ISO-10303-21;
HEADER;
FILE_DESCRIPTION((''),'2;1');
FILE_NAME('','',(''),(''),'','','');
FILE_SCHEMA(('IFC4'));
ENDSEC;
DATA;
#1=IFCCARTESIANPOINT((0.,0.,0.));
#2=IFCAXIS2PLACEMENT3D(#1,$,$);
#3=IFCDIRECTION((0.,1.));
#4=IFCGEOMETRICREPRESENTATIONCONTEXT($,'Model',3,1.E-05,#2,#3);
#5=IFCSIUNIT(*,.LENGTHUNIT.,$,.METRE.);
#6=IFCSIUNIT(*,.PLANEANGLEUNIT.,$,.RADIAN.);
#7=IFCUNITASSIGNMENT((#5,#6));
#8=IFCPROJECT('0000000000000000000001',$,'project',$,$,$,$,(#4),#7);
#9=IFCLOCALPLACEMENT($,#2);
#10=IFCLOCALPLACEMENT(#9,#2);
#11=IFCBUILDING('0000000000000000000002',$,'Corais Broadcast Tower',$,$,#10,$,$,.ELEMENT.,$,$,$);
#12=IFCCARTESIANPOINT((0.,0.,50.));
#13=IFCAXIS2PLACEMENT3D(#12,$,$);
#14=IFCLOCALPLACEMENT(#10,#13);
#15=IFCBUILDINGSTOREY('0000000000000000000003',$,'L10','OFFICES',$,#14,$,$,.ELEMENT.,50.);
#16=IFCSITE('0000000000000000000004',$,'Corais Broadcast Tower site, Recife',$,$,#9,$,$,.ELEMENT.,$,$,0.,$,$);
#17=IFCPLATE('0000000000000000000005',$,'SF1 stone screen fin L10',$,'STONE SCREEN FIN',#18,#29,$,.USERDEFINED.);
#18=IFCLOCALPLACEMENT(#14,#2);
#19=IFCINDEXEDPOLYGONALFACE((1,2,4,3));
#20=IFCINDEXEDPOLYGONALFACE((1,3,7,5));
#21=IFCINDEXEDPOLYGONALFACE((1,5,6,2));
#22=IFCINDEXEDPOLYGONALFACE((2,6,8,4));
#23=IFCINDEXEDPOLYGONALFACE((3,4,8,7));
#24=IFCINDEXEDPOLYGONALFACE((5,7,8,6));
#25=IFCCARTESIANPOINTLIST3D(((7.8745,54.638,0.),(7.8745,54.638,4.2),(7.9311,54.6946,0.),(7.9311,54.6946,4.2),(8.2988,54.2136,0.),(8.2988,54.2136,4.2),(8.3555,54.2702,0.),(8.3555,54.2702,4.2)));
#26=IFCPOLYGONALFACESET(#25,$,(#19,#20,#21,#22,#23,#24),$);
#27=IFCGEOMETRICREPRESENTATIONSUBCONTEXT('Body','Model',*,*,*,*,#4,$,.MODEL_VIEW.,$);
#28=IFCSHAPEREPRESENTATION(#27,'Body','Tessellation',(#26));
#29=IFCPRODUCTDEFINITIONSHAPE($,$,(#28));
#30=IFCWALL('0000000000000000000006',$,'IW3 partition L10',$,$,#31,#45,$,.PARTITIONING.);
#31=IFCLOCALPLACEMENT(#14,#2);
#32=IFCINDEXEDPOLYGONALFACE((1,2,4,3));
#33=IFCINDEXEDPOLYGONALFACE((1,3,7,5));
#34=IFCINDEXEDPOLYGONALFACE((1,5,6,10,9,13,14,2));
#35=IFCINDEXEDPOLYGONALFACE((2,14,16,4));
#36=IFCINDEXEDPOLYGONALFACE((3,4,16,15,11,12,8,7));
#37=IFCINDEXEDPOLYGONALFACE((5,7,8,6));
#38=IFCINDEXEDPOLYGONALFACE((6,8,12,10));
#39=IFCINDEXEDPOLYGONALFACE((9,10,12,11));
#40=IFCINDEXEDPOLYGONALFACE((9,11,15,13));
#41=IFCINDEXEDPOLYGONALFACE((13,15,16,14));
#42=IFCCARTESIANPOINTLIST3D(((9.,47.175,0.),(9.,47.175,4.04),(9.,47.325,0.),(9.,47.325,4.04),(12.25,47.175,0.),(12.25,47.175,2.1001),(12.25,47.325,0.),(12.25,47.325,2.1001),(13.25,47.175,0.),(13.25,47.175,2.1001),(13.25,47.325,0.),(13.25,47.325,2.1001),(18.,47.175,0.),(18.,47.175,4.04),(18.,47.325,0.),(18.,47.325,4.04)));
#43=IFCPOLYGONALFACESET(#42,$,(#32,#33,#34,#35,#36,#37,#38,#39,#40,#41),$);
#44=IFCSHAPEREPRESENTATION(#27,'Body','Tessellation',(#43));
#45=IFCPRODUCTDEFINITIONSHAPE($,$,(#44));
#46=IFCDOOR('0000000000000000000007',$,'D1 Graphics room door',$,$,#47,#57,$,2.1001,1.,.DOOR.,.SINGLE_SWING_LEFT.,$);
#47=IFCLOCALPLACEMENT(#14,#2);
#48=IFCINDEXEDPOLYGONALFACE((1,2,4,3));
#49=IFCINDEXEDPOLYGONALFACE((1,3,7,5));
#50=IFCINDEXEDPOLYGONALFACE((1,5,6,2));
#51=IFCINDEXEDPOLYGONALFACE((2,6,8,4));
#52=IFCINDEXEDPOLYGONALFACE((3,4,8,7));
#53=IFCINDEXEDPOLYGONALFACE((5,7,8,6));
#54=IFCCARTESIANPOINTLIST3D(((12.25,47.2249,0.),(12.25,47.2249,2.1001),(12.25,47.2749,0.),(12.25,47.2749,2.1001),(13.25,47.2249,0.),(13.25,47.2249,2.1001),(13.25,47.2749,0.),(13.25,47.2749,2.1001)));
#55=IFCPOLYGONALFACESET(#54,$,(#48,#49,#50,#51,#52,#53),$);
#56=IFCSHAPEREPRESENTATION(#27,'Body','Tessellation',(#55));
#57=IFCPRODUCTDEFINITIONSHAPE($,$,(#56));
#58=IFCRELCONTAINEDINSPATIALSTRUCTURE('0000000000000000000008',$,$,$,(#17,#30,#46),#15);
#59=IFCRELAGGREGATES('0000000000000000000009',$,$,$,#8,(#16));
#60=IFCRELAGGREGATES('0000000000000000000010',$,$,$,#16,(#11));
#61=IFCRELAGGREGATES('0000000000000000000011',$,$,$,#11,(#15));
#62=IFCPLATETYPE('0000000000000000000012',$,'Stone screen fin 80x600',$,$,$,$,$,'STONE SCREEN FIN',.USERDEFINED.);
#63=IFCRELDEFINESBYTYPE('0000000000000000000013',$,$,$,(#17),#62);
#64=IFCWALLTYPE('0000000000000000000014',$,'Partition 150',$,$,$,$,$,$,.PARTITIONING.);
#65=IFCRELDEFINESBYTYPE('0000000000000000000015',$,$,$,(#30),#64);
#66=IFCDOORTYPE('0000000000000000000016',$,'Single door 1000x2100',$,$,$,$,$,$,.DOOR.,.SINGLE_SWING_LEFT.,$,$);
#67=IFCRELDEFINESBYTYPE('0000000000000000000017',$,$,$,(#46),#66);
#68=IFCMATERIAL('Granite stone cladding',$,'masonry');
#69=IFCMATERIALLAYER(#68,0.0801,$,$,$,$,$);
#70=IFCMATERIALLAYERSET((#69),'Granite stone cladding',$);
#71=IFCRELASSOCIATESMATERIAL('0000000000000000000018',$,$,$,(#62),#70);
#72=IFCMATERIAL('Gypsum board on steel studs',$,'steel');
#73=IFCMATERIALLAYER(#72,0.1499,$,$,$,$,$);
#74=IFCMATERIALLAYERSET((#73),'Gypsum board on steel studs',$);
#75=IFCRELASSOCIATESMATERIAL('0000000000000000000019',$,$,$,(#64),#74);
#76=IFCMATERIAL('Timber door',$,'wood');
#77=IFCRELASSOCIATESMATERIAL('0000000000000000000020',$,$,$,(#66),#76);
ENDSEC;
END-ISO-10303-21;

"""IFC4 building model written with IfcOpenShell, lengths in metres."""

from ifc_helpers import new_model, si_unit, direction, frame, frame_2d, origin, origin_2d, place, context, subcontext, project, spatial, rectangle, extrude, material, layer, layer_set, type_object, element, fill, save


model = new_model("IFC4")

# Units and contexts
model_context = context("Model", 3, precision=1e-05, world=origin(), true_north=direction((0.0, 1.0)))
body_context = subcontext(model_context, "Body", "Model", "MODEL_VIEW")
ifc_project = project(units=[si_unit("LENGTHUNIT", "METRE"), si_unit("PLANEANGLEUNIT", "RADIAN")], contexts=[model_context])

# Site, building, storey
site_placement = place(None, origin())
site = spatial("IfcSite", under=ifc_project, at=site_placement, Name="Corais Broadcast Tower site, Recife", CompositionType="ELEMENT", RefElevation=0.0)
building_placement = place(site_placement, origin())
building = spatial("IfcBuilding", under=site, at=building_placement, Name="Corais Broadcast Tower", CompositionType="ELEMENT")
storey_placement = place(building_placement, frame((0.0, 0.0, 50.0)))
storey = spatial("IfcBuildingStorey", under=building, at=storey_placement, Name="L10", Description="OFFICES", CompositionType="ELEMENT", Elevation=50.0)

# Plate
ifc_material_1 = material(Name="Granite stone cladding", Category="masonry")
ifc_layer_1 = layer(ifc_material_1, 0.0801)
ifc_layer_set_1 = layer_set([ifc_layer_1], Name="Granite stone cladding")
plate_type_1 = type_object("IfcPlateType", Name="Stone screen fin 80x600", ElementType="STONE SCREEN FIN", PredefinedType="USERDEFINED", material=ifc_layer_set_1)
for number, where, z_axis, x_axis, name in (
    (1, (8.115, 54.4541, 0.0), (0.0, 0.0, 1.0), (0.707107, 0.707107, 0.0), "SF1 stone screen fin L10"),
):
    element("IfcPlate", number, at=place(storey_placement, frame(where, z_axis=z_axis, x_axis=x_axis)), inside=storey, type_object=plate_type_1, Name=name, ObjectType="STONE SCREEN FIN", PredefinedType="USERDEFINED", context=body_context, shape_type="SweptSolid", body=[
        extrude(rectangle(XDim=0.0801, YDim=0.6001, at=origin_2d()), origin(), (0.0, 0.0, 1.0), 4.2),
    ])

# Wall, opening, door
ifc_material_2 = material(Name="Gypsum board on steel studs", Category="steel")
ifc_layer_2 = layer(ifc_material_2, 0.1499)
ifc_layer_set_2 = layer_set([ifc_layer_2], Name="Gypsum board on steel studs")
wall_type = type_object("IfcWallType", Name="Partition 150", PredefinedType="PARTITIONING", material=ifc_layer_set_2)
wall_placement = place(storey_placement, frame((9.0, 47.25, 0.0), z_axis=(0.0, 0.0, 1.0), x_axis=(1.0, 0.0, 0.0)))
wall = element("IfcWall", 2, at=wall_placement, inside=storey, type_object=wall_type, Name="IW3 partition L10", PredefinedType="PARTITIONING", context=body_context, shape_type="SweptSolid", body=[
    extrude(rectangle(XDim=9.0, YDim=0.1499, at=frame_2d((4.5, 0.0))), origin(), (0.0, 0.0, 1.0), 4.04),
])
opening_placement = place(wall_placement, frame((3.25, 0.0, 0.0)))
opening = element("IfcOpeningElement", 3, at=opening_placement, cuts=wall, PredefinedType="OPENING", context=body_context, shape_type="SweptSolid", body=[
    extrude(rectangle(XDim=1.0, YDim=2.1001, at=frame_2d((0.5, 1.05))), frame((0.0, 0.085, 0.0), z_axis=(0.0, -1.0, 0.0), x_axis=(1.0, 0.0, 0.0)), (0.0, 0.0, 1.0), 0.1699),
])
ifc_material_3 = material(Name="Timber door", Category="wood")
door_type = type_object("IfcDoorType", Name="Single door 1000x2100", OperationType="SINGLE_SWING_LEFT", PredefinedType="DOOR", material=ifc_material_3)
door_placement = place(opening_placement, origin())
door = element("IfcDoor", 4, at=door_placement, inside=storey, type_object=door_type, Name="D1 Graphics room door", OperationType="SINGLE_SWING_LEFT", OverallHeight=2.1001, OverallWidth=1.0, PredefinedType="DOOR", context=body_context, shape_type="SweptSolid", body=[
    extrude(rectangle(XDim=1.0, YDim=2.1001, at=frame_2d((0.5, 1.05))), frame((0.0, 0.0249, 0.0), z_axis=(0.0, -1.0, 0.0), x_axis=(1.0, 0.0, 0.0)), (0.0, 0.0, 1.0), 0.05),
])
fill(opening, door)

save(model, "model.ifc")
